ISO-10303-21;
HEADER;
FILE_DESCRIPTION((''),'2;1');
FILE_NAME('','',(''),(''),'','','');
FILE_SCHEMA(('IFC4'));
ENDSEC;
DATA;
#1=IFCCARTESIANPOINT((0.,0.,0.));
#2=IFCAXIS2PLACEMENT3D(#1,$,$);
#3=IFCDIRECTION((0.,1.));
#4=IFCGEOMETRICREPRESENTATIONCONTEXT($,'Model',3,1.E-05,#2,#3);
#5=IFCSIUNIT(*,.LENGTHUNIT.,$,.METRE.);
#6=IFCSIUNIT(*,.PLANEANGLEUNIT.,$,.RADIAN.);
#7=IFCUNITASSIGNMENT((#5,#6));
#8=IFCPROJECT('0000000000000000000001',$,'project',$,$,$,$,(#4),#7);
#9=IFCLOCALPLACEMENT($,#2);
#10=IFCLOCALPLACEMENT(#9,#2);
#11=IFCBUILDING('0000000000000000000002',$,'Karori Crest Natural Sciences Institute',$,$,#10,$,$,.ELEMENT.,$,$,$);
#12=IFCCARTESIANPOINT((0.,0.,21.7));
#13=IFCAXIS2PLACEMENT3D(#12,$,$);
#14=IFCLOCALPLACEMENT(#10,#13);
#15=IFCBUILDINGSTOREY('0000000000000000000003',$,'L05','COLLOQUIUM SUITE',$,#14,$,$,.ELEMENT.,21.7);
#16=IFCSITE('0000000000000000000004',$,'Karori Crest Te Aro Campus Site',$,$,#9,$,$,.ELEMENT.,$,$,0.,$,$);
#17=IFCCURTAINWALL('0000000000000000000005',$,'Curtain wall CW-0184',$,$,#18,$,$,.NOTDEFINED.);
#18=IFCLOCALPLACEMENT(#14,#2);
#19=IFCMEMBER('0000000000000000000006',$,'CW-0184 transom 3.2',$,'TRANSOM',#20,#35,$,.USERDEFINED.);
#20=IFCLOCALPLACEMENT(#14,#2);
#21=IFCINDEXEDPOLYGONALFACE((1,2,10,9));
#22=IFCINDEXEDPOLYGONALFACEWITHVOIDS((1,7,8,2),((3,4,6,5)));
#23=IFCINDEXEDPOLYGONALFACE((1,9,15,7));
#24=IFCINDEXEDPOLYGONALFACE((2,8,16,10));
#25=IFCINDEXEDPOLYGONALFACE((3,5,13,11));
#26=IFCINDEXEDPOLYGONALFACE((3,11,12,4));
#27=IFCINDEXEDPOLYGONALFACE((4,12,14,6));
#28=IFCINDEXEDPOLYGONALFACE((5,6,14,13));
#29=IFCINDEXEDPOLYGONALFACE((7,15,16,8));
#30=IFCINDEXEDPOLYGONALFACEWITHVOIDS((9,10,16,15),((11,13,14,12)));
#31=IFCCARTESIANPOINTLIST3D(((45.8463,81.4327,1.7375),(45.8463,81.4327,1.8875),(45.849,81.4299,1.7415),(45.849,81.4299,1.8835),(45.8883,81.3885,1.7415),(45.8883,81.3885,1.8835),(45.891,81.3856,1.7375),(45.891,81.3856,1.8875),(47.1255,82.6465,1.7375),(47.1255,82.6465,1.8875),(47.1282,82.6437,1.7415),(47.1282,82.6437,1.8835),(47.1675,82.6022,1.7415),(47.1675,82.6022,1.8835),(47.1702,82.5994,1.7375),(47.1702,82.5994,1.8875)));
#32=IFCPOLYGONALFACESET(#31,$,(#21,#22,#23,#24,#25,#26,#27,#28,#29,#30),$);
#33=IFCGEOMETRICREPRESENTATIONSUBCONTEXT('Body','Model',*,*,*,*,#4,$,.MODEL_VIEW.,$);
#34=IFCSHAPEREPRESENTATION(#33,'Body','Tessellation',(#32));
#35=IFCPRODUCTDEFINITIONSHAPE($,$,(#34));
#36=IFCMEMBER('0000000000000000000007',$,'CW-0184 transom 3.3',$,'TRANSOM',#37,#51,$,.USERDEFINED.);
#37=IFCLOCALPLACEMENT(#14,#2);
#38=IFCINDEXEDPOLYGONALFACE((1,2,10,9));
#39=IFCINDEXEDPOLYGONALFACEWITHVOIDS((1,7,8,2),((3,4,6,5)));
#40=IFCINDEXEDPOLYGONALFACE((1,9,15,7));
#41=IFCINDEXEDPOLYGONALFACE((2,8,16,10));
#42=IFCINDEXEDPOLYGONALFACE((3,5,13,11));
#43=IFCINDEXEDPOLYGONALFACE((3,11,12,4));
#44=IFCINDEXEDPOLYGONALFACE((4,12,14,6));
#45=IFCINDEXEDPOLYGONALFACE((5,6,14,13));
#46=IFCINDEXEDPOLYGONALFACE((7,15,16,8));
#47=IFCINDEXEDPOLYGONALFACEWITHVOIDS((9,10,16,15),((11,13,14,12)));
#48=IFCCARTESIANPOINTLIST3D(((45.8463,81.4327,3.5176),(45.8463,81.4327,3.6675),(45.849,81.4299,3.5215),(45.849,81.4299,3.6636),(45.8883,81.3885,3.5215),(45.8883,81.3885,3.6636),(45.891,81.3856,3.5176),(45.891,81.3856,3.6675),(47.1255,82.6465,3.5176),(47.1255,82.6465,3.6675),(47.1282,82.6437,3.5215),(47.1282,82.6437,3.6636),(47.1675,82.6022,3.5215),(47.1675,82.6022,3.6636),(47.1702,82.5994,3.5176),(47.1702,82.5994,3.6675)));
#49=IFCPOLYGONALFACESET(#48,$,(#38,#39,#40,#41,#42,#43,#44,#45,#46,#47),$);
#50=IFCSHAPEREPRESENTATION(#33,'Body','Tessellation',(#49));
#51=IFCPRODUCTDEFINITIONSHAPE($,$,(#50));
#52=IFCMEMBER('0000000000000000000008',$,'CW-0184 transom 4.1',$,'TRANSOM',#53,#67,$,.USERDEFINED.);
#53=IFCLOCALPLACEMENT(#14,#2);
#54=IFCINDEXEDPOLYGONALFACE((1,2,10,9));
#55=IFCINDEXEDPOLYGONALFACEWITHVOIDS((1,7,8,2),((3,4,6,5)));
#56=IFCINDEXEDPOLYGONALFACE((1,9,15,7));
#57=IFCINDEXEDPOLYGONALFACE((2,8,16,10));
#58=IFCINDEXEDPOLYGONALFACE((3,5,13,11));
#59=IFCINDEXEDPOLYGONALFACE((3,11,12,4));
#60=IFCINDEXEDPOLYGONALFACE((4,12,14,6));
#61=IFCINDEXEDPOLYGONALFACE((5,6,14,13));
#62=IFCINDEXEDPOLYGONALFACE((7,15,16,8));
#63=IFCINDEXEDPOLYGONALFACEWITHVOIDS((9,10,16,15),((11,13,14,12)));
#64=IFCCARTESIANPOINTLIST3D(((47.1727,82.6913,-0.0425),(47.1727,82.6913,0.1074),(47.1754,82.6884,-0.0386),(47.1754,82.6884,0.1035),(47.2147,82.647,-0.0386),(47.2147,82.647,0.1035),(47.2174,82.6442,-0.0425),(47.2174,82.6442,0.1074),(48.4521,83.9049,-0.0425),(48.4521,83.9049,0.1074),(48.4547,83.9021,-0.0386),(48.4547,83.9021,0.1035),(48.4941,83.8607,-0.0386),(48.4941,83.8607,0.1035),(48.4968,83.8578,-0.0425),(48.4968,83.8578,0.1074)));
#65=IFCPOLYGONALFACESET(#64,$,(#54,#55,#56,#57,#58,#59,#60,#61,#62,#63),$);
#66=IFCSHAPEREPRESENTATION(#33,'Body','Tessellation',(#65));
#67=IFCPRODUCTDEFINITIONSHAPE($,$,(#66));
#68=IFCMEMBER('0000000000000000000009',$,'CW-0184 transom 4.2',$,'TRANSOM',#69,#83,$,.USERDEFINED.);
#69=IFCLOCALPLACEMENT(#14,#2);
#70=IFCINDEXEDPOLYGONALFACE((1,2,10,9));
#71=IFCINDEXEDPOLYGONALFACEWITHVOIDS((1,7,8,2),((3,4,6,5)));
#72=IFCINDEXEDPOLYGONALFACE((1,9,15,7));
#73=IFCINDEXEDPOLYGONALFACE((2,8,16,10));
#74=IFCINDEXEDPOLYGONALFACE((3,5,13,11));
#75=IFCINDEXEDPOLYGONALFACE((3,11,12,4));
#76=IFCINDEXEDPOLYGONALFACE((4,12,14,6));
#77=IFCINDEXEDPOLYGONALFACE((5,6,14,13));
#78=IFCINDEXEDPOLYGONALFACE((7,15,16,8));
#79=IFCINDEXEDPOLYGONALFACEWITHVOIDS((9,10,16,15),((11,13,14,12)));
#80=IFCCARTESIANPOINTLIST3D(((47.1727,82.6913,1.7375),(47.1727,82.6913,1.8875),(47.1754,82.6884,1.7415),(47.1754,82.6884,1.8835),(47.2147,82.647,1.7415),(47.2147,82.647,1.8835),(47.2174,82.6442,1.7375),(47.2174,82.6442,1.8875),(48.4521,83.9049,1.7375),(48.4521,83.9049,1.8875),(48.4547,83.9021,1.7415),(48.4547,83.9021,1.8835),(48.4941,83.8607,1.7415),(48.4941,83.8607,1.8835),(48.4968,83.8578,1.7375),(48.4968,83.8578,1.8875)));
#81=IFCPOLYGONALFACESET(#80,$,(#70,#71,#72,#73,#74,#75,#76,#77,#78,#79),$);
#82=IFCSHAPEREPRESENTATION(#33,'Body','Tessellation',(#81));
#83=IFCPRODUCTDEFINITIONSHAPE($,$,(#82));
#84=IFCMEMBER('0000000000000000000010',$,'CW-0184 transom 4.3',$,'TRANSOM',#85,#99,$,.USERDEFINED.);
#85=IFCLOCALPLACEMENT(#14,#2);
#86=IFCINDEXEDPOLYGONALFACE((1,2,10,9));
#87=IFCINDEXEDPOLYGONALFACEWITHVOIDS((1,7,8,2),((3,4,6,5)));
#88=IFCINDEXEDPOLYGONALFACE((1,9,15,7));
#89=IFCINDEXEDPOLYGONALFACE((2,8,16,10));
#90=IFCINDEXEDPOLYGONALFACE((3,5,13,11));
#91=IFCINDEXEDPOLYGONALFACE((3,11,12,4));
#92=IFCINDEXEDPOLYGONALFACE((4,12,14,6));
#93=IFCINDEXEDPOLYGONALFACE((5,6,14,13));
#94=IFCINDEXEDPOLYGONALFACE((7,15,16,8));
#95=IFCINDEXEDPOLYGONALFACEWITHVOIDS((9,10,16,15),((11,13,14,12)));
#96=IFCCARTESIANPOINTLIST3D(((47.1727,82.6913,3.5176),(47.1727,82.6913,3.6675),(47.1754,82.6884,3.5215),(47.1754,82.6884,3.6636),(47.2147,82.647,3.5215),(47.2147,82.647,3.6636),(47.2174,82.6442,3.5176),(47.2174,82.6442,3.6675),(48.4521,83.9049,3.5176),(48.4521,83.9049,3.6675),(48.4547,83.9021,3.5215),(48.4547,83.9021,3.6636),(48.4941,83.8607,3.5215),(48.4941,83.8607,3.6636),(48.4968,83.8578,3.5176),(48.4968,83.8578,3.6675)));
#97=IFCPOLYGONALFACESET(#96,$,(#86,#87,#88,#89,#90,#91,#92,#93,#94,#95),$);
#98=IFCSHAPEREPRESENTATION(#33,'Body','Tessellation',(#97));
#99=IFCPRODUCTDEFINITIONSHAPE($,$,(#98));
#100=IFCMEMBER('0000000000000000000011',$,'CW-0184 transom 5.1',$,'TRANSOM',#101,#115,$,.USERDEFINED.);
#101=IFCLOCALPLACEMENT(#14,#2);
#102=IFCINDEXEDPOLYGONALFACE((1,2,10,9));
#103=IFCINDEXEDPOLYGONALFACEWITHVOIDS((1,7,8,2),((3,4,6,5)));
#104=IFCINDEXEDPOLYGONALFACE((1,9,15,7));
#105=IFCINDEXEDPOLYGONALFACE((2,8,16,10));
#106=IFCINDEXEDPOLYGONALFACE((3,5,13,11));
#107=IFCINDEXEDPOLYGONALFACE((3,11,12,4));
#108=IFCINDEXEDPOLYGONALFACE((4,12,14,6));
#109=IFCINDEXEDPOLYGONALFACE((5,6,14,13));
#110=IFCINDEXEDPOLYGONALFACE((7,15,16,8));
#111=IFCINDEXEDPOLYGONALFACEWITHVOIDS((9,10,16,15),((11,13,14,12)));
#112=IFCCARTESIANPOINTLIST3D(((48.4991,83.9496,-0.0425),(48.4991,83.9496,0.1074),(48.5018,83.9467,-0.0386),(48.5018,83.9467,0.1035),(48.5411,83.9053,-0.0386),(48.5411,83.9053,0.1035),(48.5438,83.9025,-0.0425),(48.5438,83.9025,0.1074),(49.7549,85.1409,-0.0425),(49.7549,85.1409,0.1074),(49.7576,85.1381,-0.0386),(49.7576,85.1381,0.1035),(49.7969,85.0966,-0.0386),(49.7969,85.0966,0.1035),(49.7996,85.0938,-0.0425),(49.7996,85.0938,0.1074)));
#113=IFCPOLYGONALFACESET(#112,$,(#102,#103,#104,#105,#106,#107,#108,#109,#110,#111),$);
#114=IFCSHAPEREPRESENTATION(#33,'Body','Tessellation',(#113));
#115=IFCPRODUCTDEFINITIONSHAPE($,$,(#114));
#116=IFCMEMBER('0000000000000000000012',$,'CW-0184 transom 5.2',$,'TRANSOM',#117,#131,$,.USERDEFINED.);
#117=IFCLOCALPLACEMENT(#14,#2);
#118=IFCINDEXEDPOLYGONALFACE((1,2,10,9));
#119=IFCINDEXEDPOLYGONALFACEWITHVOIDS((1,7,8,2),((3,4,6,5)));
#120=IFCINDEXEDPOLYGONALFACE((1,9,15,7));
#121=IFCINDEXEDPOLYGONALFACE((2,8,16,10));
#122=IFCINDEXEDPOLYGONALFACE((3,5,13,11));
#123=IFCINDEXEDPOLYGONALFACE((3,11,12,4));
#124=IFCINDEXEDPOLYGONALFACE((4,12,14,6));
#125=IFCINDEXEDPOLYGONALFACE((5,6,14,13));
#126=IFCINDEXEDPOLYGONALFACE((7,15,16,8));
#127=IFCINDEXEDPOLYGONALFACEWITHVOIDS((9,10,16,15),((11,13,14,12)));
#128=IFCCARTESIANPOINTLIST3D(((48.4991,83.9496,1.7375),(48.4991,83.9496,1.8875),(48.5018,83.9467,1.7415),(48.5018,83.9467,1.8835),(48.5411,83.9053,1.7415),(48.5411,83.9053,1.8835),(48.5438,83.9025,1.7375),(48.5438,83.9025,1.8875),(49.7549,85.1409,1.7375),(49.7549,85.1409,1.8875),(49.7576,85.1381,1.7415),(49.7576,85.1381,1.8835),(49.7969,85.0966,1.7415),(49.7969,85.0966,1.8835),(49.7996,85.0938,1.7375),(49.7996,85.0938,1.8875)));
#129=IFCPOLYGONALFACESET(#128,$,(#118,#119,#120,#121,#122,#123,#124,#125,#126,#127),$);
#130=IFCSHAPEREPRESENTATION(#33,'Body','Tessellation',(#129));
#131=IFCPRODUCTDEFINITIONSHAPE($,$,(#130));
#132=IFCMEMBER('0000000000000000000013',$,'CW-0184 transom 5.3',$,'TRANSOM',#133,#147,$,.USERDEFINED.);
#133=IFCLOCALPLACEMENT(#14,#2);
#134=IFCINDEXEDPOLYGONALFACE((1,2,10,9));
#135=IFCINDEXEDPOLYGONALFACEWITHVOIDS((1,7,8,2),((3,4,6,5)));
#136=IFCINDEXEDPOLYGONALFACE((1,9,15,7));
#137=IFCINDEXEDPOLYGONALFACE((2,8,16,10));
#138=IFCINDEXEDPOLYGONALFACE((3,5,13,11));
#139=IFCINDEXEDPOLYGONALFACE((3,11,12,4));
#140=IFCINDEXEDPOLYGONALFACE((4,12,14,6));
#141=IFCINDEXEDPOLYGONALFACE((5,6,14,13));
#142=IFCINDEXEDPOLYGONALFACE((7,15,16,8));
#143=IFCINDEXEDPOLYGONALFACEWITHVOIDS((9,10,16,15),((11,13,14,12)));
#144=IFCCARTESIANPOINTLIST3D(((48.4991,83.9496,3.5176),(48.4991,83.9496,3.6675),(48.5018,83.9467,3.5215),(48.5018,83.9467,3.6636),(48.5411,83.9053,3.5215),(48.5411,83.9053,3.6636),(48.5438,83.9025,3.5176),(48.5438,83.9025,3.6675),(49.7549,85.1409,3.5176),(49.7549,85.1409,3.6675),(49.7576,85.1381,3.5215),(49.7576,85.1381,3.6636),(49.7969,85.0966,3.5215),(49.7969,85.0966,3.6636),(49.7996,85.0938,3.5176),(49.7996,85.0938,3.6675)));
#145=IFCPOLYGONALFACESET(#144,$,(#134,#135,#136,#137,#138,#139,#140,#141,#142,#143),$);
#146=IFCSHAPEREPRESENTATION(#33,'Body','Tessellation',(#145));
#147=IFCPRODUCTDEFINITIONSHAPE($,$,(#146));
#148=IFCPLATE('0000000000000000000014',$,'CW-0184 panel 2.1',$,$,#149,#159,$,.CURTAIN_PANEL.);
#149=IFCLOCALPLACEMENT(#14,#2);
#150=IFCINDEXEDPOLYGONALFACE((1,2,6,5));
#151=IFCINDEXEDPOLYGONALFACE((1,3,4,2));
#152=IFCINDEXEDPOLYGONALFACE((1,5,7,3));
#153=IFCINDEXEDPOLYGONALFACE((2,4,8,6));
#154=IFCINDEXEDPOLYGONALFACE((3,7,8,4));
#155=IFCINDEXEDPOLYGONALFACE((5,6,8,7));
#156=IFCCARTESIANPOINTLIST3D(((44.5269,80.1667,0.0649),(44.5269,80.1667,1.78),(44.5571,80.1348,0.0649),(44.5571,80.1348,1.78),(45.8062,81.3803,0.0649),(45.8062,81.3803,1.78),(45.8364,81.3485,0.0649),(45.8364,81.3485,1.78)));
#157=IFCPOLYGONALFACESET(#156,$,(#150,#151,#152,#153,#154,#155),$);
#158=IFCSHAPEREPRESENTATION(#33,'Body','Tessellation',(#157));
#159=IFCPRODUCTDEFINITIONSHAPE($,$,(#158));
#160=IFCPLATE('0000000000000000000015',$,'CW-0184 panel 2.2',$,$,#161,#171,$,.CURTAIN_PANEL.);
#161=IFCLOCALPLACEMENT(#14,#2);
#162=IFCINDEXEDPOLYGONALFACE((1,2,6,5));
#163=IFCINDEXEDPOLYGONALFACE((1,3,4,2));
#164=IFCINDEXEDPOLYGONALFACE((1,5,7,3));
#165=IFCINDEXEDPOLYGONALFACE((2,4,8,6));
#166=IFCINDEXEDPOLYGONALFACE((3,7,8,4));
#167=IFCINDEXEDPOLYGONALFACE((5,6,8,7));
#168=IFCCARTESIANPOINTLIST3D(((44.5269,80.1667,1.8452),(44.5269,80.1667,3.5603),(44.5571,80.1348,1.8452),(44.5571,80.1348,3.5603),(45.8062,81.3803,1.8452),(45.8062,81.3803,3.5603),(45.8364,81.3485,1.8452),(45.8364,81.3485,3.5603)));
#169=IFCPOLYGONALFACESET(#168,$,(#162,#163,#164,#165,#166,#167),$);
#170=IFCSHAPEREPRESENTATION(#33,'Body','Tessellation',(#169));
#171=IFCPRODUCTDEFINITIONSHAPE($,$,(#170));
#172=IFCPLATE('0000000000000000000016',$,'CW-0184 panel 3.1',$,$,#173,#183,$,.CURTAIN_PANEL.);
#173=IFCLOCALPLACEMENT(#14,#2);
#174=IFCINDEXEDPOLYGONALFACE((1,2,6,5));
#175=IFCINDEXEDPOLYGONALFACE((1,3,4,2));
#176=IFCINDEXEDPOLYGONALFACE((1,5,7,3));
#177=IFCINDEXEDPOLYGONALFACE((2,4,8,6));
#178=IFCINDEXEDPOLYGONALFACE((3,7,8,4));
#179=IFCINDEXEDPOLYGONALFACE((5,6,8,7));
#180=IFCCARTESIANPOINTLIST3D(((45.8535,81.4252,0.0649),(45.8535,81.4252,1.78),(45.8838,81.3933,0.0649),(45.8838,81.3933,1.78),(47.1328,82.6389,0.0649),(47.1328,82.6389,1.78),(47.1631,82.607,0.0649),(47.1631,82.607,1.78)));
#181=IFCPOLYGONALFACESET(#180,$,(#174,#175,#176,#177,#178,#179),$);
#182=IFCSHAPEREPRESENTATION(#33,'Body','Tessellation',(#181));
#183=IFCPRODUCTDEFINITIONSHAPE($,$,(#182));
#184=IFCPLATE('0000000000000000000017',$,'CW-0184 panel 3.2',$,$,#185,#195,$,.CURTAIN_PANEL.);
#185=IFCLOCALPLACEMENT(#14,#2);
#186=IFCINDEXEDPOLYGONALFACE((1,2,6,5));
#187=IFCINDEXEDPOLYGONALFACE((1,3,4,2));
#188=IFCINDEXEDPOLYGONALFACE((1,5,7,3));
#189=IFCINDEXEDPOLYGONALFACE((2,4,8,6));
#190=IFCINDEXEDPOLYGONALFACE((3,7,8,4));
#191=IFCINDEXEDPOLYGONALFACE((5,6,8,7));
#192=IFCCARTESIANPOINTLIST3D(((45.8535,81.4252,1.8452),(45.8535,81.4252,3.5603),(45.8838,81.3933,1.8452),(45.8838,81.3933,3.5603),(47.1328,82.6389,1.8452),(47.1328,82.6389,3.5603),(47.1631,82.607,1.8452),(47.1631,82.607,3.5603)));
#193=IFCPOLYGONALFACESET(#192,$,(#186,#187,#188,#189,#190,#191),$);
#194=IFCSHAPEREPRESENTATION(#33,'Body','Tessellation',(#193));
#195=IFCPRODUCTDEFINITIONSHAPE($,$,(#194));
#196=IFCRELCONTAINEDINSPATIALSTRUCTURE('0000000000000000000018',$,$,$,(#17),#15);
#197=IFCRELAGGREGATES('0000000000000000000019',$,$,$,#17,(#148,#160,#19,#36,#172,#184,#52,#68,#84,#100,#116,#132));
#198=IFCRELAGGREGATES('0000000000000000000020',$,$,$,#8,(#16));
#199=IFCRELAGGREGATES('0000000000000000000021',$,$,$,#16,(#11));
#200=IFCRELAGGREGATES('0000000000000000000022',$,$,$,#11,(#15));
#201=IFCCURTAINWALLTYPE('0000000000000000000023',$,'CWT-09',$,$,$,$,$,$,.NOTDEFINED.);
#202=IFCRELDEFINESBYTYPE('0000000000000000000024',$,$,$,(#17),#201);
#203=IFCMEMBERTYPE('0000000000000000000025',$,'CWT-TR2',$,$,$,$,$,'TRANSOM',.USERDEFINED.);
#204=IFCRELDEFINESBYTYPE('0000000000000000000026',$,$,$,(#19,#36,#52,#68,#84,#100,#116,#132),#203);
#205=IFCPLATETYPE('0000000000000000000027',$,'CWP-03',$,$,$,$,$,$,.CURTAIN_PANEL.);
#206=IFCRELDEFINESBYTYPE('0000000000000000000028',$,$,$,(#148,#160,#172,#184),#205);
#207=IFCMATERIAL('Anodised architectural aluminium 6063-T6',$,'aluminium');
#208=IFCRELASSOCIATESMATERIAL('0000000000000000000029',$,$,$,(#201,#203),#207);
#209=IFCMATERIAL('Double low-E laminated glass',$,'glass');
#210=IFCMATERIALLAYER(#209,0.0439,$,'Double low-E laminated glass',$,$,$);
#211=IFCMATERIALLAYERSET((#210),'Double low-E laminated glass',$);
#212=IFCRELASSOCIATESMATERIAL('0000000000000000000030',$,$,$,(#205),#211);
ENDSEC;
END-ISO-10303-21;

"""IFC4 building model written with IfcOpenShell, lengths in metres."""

from ifc_helpers import new_model, si_unit, direction, frame, origin, origin_2d, place, context, subcontext, project, spatial, rectangle, hollow_rectangle, extrude, material, layer, layer_set, material_profile, profile_set, type_object, element, aggregate, save


model = new_model("IFC4")

# Units and contexts
model_context = context("Model", 3, precision=1e-05, world=origin(), true_north=direction((0.0, 1.0)))
body_context = subcontext(model_context, "Body", "Model", "MODEL_VIEW")
ifc_project = project(units=[si_unit("LENGTHUNIT", "METRE"), si_unit("PLANEANGLEUNIT", "RADIAN")], contexts=[model_context])

# Site, building, storey
site_placement = place(None, origin())
site = spatial("IfcSite", under=ifc_project, at=site_placement, Name="Karori Crest Te Aro Campus Site", CompositionType="ELEMENT", RefElevation=0.0)
building_placement = place(site_placement, origin())
building = spatial("IfcBuilding", under=site, at=building_placement, Name="Karori Crest Natural Sciences Institute", CompositionType="ELEMENT")
storey_placement = place(building_placement, frame((0.0, 0.0, 21.7)))
storey = spatial("IfcBuildingStorey", under=building, at=storey_placement, Name="L05", Description="COLLOQUIUM SUITE", CompositionType="ELEMENT", Elevation=21.7)

# Shared definitions
ifc_material_1 = material(Name="Anodised architectural aluminium 6063-T6", Category="aluminium")

# Curtain wall, members, plates
curtain_wall_type_1 = type_object("IfcCurtainWallType", Name="CWT-09", PredefinedType="NOTDEFINED", material=ifc_material_1)
curtain_wall_1_placement = place(storey_placement, origin())
curtain_wall_1 = element("IfcCurtainWall", 1, at=curtain_wall_1_placement, inside=storey, type_object=curtain_wall_type_1, Name="Curtain wall CW-0184", PredefinedType="NOTDEFINED")
ifc_material_profile_1 = material_profile(ifc_material_1, hollow_rectangle(XDim=0.0649, YDim=0.1499, WallThickness=0.0039, at=origin_2d()), Name="CWT150x65x4")
ifc_profile_set_1 = profile_set([ifc_material_profile_1], Name="Anodised architectural aluminium 6063-T6")
member_type_1 = type_object("IfcMemberType", Name="CWT-TR2", ElementType="TRANSOM", PredefinedType="USERDEFINED", material=ifc_profile_set_1)
member_1_placement = place(storey_placement, frame((45.8687, 81.4092, 1.8125), z_axis=(0.725414, 0.688313, 0.0), x_axis=(-0.688313, 0.725414, 0.0)))
member_1 = element("IfcMember", 2, at=member_1_placement, type_object=member_type_1, Name="CW-0184 transom 3.2", ObjectType="TRANSOM", PredefinedType="USERDEFINED", context=body_context, shape_type="SweptSolid", body=[
    extrude(hollow_rectangle(XDim=0.0649, YDim=0.1499, WallThickness=0.0039, at=origin_2d()), origin(), (0.0, 0.0, 1.0), 1.7634),
])
member_2_placement = place(storey_placement, frame((45.8687, 81.4092, 3.5925), z_axis=(0.725414, 0.688313, 0.0), x_axis=(-0.688313, 0.725414, 0.0)))
member_2 = element("IfcMember", 3, at=member_2_placement, type_object=member_type_1, Name="CW-0184 transom 3.3", ObjectType="TRANSOM", PredefinedType="USERDEFINED", context=body_context, shape_type="SweptSolid", body=[
    extrude(hollow_rectangle(XDim=0.0649, YDim=0.1499, WallThickness=0.0039, at=origin_2d()), origin(), (0.0, 0.0, 1.0), 1.7634),
])
member_3_placement = place(storey_placement, frame((47.1951, 82.6677, 0.0325), z_axis=(0.725483, 0.68824, 0.0), x_axis=(-0.68824, 0.725483, 0.0)))
member_3 = element("IfcMember", 4, at=member_3_placement, type_object=member_type_1, Name="CW-0184 transom 4.1", ObjectType="TRANSOM", PredefinedType="USERDEFINED", context=body_context, shape_type="SweptSolid", body=[
    extrude(hollow_rectangle(XDim=0.0649, YDim=0.1499, WallThickness=0.0039, at=origin_2d()), origin(), (0.0, 0.0, 1.0), 1.7634),
])
member_4_placement = place(storey_placement, frame((47.1951, 82.6677, 1.8125), z_axis=(0.725483, 0.68824, 0.0), x_axis=(-0.68824, 0.725483, 0.0)))
member_4 = element("IfcMember", 5, at=member_4_placement, type_object=member_type_1, Name="CW-0184 transom 4.2", ObjectType="TRANSOM", PredefinedType="USERDEFINED", context=body_context, shape_type="SweptSolid", body=[
    extrude(hollow_rectangle(XDim=0.0649, YDim=0.1499, WallThickness=0.0039, at=origin_2d()), origin(), (0.0, 0.0, 1.0), 1.7634),
])
member_5_placement = place(storey_placement, frame((47.1951, 82.6677, 3.5925), z_axis=(0.725483, 0.68824, 0.0), x_axis=(-0.68824, 0.725483, 0.0)))
member_5 = element("IfcMember", 6, at=member_5_placement, type_object=member_type_1, Name="CW-0184 transom 4.3", ObjectType="TRANSOM", PredefinedType="USERDEFINED", context=body_context, shape_type="SweptSolid", body=[
    extrude(hollow_rectangle(XDim=0.0649, YDim=0.1499, WallThickness=0.0039, at=origin_2d()), origin(), (0.0, 0.0, 1.0), 1.7634),
])
member_6_placement = place(storey_placement, frame((48.5215, 83.926, 0.0325), z_axis=(0.725478, 0.688245, 0.0), x_axis=(-0.688245, 0.725478, 0.0)))
member_6 = element("IfcMember", 7, at=member_6_placement, type_object=member_type_1, Name="CW-0184 transom 5.1", ObjectType="TRANSOM", PredefinedType="USERDEFINED", context=body_context, shape_type="SweptSolid", body=[
    extrude(hollow_rectangle(XDim=0.0649, YDim=0.1499, WallThickness=0.0039, at=origin_2d()), origin(), (0.0, 0.0, 1.0), 1.731),
])
member_7_placement = place(storey_placement, frame((48.5215, 83.926, 1.8125), z_axis=(0.725478, 0.688245, 0.0), x_axis=(-0.688245, 0.725478, 0.0)))
member_7 = element("IfcMember", 8, at=member_7_placement, type_object=member_type_1, Name="CW-0184 transom 5.2", ObjectType="TRANSOM", PredefinedType="USERDEFINED", context=body_context, shape_type="SweptSolid", body=[
    extrude(hollow_rectangle(XDim=0.0649, YDim=0.1499, WallThickness=0.0039, at=origin_2d()), origin(), (0.0, 0.0, 1.0), 1.731),
])
member_8_placement = place(storey_placement, frame((48.5215, 83.926, 3.5925), z_axis=(0.725478, 0.688245, 0.0), x_axis=(-0.688245, 0.725478, 0.0)))
member_8 = element("IfcMember", 9, at=member_8_placement, type_object=member_type_1, Name="CW-0184 transom 5.3", ObjectType="TRANSOM", PredefinedType="USERDEFINED", context=body_context, shape_type="SweptSolid", body=[
    extrude(hollow_rectangle(XDim=0.0649, YDim=0.1499, WallThickness=0.0039, at=origin_2d()), origin(), (0.0, 0.0, 1.0), 1.731),
])
ifc_material_2 = material(Name="Double low-E laminated glass", Category="glass")
ifc_layer_1 = layer(ifc_material_2, 0.0439, Name="Double low-E laminated glass")
ifc_layer_set_1 = layer_set([ifc_layer_1], Name="Double low-E laminated glass")
plate_type = type_object("IfcPlateType", Name="CWP-03", PredefinedType="CURTAIN_PANEL", material=ifc_layer_set_1)
plate_1_placement = place(storey_placement, frame((45.1816, 80.7576, 0.0649), z_axis=(0.0, 0.0, 1.0), x_axis=(0.725473, 0.688251, 0.0)))
plate_1 = element("IfcPlate", 10, at=plate_1_placement, type_object=plate_type, Name="CW-0184 panel 2.1", PredefinedType="CURTAIN_PANEL", context=body_context, shape_type="SweptSolid", body=[
    extrude(rectangle(XDim=1.7634, YDim=0.0439, at=origin_2d()), origin(), (0.0, 0.0, 1.0), 1.7151),
])
plate_2_placement = place(storey_placement, frame((45.1816, 80.7576, 1.8452), z_axis=(0.0, 0.0, 1.0), x_axis=(0.725473, 0.688251, 0.0)))
plate_2 = element("IfcPlate", 11, at=plate_2_placement, type_object=plate_type, Name="CW-0184 panel 2.2", PredefinedType="CURTAIN_PANEL", context=body_context, shape_type="SweptSolid", body=[
    extrude(rectangle(XDim=1.7634, YDim=0.0439, at=origin_2d()), origin(), (0.0, 0.0, 1.0), 1.7151),
])
plate_3_placement = place(storey_placement, frame((46.5083, 82.0161, 0.0649), z_axis=(0.0, 0.0, 1.0), x_axis=(0.725473, 0.688251, 0.0)))
plate_3 = element("IfcPlate", 12, at=plate_3_placement, type_object=plate_type, Name="CW-0184 panel 3.1", PredefinedType="CURTAIN_PANEL", context=body_context, shape_type="SweptSolid", body=[
    extrude(rectangle(XDim=1.7634, YDim=0.0439, at=origin_2d()), origin(), (0.0, 0.0, 1.0), 1.7151),
])
plate_4_placement = place(storey_placement, frame((46.5083, 82.0161, 1.8452), z_axis=(0.0, 0.0, 1.0), x_axis=(0.725473, 0.688251, 0.0)))
plate_4 = element("IfcPlate", 13, at=plate_4_placement, type_object=plate_type, Name="CW-0184 panel 3.2", PredefinedType="CURTAIN_PANEL", context=body_context, shape_type="SweptSolid", body=[
    extrude(rectangle(XDim=1.7634, YDim=0.0439, at=origin_2d()), origin(), (0.0, 0.0, 1.0), 1.7151),
])
aggregate(curtain_wall_1, [plate_1, plate_2, member_1, member_2, plate_3, plate_4, member_3, member_4, member_5, member_6, member_7, member_8])

save(model, "model.ifc")
